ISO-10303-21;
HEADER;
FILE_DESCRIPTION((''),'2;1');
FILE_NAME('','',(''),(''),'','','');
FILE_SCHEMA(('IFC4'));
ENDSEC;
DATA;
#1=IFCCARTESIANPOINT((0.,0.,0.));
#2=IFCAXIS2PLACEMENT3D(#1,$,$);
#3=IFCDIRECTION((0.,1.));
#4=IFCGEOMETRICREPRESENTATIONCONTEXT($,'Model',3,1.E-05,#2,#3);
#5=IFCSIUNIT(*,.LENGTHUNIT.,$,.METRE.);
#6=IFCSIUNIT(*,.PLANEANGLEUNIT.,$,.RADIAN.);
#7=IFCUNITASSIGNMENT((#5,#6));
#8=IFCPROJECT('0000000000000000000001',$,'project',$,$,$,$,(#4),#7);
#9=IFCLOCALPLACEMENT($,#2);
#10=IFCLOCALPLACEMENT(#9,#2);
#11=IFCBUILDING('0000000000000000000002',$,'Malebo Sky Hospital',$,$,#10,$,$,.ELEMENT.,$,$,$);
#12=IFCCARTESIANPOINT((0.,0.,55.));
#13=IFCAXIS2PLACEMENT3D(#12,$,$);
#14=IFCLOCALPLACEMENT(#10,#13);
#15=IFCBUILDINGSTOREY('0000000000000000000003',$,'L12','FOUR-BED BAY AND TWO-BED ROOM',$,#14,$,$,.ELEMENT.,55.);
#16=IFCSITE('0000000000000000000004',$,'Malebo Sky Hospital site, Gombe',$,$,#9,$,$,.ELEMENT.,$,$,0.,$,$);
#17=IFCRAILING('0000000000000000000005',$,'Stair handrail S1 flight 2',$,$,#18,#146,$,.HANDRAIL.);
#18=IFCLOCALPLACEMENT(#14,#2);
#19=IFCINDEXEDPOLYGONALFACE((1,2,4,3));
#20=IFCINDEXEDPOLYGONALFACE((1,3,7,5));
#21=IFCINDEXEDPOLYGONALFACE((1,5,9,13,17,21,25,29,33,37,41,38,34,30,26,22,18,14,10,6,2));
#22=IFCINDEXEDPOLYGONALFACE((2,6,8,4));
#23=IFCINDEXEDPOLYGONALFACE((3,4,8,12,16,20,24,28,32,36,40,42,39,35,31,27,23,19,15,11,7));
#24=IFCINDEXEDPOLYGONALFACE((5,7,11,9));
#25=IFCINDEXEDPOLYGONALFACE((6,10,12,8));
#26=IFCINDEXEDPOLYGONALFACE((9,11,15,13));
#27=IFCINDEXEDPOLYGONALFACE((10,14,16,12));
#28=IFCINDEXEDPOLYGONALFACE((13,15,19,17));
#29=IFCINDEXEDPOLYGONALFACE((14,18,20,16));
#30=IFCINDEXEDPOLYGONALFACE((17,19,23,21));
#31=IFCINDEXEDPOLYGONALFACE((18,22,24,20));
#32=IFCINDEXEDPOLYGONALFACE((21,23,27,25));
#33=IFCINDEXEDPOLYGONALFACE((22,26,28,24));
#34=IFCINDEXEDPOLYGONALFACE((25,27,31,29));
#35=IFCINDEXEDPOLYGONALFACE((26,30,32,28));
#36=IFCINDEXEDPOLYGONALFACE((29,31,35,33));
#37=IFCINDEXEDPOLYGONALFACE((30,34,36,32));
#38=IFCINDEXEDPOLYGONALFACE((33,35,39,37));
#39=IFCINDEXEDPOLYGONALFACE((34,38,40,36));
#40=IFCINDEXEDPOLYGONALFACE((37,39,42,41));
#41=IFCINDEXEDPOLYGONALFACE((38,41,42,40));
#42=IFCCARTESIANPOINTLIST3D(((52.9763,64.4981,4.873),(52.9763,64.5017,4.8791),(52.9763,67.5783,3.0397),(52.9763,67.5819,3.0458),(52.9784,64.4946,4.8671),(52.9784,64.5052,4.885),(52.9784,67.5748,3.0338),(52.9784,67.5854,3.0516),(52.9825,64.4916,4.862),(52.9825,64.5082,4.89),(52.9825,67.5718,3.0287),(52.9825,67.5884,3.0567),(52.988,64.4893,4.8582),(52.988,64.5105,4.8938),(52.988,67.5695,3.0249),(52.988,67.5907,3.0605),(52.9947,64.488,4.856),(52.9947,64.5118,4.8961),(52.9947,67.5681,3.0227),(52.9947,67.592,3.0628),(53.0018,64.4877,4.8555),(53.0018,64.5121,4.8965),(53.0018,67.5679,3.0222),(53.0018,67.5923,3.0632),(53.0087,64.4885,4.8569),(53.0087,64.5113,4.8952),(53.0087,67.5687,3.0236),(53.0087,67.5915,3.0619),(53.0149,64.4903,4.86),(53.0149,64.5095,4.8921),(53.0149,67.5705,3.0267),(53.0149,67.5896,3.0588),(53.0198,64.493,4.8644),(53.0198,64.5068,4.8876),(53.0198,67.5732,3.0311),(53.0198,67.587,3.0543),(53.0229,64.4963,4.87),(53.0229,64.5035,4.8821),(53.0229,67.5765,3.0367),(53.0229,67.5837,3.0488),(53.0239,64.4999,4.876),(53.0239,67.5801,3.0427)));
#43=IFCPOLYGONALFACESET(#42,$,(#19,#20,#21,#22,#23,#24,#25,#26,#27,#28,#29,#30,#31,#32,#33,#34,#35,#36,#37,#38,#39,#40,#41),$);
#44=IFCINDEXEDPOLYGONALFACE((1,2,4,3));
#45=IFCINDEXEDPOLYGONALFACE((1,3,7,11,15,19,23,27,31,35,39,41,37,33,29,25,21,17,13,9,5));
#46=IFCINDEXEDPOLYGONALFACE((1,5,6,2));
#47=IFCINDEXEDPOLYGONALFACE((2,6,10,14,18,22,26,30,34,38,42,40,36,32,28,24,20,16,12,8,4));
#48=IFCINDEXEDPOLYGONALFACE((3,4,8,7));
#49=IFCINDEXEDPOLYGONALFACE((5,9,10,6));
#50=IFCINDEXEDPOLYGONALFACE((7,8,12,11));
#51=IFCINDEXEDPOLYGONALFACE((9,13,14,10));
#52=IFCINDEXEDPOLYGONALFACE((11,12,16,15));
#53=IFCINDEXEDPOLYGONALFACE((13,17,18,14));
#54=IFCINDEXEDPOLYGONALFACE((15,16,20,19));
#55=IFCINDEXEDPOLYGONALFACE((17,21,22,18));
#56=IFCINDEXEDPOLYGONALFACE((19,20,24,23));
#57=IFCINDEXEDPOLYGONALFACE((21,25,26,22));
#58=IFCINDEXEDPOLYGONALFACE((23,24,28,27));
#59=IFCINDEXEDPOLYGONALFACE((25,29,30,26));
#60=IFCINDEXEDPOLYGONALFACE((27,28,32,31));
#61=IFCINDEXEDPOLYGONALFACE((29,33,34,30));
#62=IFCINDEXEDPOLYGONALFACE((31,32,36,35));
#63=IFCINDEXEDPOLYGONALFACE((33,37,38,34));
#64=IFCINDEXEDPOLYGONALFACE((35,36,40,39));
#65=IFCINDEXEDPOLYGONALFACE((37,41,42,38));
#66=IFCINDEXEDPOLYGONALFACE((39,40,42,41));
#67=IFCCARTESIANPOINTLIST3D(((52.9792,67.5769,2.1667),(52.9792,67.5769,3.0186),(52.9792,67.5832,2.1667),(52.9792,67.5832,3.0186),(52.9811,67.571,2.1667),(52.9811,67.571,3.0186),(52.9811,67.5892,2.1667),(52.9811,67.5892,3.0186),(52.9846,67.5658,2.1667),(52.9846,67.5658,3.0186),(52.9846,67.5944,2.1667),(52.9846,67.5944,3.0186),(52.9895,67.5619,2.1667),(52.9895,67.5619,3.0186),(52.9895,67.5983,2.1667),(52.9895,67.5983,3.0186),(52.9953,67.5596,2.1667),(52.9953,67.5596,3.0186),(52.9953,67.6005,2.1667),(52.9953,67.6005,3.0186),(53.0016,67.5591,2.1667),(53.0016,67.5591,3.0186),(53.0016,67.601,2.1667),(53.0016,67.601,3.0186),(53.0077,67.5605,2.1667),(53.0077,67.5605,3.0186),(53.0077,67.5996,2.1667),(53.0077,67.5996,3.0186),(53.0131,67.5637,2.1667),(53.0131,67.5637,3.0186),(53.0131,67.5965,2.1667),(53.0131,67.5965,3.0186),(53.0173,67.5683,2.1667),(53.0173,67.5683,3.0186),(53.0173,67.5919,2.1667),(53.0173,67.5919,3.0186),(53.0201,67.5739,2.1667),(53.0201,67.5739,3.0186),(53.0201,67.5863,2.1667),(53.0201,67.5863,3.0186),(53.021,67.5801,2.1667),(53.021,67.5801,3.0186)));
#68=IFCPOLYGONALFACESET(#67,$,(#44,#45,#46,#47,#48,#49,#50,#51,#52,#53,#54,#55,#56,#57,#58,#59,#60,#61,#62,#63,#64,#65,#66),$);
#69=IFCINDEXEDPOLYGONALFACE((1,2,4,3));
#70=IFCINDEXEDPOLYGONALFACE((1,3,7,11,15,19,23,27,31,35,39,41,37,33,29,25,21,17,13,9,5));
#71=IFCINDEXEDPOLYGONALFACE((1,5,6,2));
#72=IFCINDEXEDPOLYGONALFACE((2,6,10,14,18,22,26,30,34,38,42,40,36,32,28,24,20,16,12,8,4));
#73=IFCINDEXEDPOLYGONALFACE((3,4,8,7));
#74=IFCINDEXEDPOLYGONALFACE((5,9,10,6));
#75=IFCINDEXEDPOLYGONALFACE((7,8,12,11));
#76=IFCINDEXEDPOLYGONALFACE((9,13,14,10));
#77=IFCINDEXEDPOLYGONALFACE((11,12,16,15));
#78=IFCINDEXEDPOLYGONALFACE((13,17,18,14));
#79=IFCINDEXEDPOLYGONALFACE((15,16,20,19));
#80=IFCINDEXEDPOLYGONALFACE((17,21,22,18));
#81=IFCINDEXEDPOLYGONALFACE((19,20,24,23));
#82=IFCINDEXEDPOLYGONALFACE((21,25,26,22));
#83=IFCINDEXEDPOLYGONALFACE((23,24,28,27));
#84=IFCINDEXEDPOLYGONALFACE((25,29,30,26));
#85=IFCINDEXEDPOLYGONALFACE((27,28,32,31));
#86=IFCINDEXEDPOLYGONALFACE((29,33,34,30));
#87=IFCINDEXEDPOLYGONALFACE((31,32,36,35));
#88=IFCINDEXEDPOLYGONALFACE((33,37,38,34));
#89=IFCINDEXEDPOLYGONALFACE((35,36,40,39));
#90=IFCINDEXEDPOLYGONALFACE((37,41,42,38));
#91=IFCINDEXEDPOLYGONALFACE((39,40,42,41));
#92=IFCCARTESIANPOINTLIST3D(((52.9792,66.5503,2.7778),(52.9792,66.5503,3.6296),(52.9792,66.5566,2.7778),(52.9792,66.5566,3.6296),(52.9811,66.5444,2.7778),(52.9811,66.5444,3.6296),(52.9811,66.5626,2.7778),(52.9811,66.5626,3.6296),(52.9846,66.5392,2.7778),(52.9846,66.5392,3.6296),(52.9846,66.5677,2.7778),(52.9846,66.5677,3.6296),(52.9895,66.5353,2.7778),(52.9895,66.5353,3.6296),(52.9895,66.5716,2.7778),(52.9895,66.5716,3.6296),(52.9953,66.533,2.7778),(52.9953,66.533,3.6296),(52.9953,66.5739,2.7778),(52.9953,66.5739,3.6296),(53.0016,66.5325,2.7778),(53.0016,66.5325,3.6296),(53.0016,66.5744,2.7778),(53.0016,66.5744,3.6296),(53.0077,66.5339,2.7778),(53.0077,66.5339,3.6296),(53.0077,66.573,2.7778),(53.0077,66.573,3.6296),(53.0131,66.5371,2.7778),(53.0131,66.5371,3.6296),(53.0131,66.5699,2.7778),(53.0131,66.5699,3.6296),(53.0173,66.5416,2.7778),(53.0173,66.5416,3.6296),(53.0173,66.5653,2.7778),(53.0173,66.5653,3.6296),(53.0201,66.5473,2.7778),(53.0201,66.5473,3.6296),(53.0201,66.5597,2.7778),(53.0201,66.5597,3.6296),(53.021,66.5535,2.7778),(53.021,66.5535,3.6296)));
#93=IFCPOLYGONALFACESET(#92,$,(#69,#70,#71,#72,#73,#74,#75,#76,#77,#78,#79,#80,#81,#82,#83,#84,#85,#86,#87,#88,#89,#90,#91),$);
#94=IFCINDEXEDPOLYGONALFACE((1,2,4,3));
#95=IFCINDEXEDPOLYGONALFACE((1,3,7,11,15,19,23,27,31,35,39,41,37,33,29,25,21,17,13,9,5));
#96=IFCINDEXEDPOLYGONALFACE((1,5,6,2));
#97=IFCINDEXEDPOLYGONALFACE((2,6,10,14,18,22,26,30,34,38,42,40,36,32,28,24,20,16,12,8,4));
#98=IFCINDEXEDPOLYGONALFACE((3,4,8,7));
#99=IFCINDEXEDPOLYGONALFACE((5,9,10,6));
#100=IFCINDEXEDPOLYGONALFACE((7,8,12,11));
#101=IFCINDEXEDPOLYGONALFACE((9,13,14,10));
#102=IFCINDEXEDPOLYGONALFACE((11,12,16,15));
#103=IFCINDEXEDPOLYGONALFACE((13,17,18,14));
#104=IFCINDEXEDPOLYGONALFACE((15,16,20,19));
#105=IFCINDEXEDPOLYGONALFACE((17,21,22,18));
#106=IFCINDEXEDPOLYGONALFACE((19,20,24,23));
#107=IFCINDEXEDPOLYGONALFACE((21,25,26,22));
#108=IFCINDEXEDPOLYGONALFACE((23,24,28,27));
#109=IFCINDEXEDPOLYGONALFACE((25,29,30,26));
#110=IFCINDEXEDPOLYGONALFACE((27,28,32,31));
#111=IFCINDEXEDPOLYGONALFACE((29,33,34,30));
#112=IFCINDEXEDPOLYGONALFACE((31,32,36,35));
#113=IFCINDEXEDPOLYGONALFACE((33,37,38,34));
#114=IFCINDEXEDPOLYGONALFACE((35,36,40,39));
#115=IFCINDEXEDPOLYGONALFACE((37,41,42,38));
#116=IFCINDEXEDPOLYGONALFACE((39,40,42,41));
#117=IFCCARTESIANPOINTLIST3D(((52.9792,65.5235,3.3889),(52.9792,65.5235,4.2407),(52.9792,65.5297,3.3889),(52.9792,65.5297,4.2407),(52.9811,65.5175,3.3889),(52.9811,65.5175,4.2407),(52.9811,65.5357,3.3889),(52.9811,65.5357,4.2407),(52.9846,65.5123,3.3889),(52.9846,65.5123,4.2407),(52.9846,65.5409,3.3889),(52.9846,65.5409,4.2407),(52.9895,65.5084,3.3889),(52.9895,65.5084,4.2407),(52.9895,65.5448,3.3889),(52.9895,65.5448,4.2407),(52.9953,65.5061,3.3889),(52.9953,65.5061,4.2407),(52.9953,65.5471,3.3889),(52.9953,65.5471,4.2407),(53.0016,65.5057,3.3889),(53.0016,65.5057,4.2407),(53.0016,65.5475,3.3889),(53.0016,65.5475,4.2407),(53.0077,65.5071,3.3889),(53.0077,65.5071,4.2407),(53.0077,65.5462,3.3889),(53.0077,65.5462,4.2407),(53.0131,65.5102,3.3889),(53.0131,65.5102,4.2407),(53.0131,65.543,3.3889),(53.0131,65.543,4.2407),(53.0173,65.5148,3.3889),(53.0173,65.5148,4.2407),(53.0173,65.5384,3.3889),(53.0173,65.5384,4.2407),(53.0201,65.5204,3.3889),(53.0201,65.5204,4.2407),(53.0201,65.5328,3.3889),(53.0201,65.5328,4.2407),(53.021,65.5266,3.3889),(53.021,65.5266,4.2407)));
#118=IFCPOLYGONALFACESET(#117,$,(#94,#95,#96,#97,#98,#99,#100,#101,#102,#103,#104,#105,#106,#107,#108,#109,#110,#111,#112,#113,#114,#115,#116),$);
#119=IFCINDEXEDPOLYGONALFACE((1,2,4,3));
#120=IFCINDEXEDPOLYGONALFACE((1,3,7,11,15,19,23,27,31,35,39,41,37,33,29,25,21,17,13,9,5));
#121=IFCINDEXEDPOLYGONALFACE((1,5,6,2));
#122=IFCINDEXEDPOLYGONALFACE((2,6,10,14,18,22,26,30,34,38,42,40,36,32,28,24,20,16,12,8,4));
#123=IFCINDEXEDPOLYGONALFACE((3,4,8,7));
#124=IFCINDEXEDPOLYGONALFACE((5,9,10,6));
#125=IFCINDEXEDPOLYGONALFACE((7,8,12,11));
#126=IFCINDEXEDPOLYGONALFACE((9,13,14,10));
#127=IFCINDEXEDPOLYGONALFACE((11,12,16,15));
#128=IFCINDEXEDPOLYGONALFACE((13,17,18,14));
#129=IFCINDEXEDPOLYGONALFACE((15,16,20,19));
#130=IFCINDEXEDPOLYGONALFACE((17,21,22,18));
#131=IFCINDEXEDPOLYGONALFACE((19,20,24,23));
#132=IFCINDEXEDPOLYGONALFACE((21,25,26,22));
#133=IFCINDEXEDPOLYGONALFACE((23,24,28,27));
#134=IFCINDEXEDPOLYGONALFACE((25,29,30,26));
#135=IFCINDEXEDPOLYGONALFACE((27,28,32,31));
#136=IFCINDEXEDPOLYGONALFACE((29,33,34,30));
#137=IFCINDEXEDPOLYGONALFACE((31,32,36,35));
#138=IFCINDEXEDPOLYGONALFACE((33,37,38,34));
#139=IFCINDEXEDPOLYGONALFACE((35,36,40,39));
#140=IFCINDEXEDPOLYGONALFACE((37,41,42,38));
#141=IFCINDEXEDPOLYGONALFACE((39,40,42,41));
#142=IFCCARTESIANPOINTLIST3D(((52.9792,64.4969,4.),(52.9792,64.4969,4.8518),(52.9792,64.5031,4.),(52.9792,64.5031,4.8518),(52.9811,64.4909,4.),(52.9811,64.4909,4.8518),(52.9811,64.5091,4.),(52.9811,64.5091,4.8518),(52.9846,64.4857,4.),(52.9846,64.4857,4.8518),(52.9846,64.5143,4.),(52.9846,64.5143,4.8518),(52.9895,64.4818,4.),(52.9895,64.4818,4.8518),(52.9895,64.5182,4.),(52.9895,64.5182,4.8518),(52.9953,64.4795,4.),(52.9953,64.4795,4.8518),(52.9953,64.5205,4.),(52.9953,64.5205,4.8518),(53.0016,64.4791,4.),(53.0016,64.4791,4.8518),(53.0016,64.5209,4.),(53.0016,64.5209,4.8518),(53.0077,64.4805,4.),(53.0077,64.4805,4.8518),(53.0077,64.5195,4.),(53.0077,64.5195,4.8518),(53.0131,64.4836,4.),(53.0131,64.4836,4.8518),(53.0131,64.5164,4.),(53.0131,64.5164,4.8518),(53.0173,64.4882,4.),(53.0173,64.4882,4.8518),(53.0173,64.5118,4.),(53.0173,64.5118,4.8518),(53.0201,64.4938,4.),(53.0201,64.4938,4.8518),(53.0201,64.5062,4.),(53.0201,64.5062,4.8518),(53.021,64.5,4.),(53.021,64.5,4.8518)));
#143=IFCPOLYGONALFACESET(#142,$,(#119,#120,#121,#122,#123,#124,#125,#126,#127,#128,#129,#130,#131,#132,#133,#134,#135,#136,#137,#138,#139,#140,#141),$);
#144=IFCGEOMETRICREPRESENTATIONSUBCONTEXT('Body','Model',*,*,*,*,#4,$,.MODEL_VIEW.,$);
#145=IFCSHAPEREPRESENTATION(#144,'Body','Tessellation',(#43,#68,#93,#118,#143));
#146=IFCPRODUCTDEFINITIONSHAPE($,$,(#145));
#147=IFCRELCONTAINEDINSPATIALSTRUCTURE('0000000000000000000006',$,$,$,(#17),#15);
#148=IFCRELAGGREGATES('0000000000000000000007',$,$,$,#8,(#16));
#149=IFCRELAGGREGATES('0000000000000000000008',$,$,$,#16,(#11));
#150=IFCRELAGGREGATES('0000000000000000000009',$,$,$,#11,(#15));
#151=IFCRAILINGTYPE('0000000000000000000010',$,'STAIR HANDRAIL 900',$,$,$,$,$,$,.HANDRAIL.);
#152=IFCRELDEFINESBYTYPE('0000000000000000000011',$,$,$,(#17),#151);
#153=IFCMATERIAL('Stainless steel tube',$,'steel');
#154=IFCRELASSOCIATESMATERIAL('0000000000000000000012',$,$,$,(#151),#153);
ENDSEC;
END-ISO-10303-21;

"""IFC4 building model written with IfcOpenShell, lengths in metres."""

from ifc_helpers import new_model, si_unit, direction, frame, origin, origin_2d, place, context, subcontext, project, spatial, circle, extrude, material, type_object, element, save


model = new_model("IFC4")

# Units and contexts
model_context = context("Model", 3, precision=1e-05, world=origin(), true_north=direction((0.0, 1.0)))
body_context = subcontext(model_context, "Body", "Model", "MODEL_VIEW")
ifc_project = project(units=[si_unit("LENGTHUNIT", "METRE"), si_unit("PLANEANGLEUNIT", "RADIAN")], contexts=[model_context])

# Site, building, storey
site_placement = place(None, origin())
site = spatial("IfcSite", under=ifc_project, at=site_placement, Name="Malebo Sky Hospital site, Gombe", CompositionType="ELEMENT", RefElevation=0.0)
building_placement = place(site_placement, origin())
building = spatial("IfcBuilding", under=site, at=building_placement, Name="Malebo Sky Hospital", CompositionType="ELEMENT")
storey_placement = place(building_placement, frame((0.0, 0.0, 55.0)))
storey = spatial("IfcBuildingStorey", under=building, at=storey_placement, Name="L12", Description="FOUR-BED BAY AND TWO-BED ROOM", CompositionType="ELEMENT", Elevation=55.0)

# Railing
ifc_material_1 = material(Name="Stainless steel tube", Category="steel")
railing_type = type_object("IfcRailingType", Name="STAIR HANDRAIL 900", PredefinedType="HANDRAIL", material=ifc_material_1)
railing_1_placement = place(storey_placement, frame((53.0, 67.5801, 2.1667)))
element("IfcRailing", 1, at=railing_1_placement, inside=storey, type_object=railing_type, Name="Stair handrail S1 flight 2", PredefinedType="HANDRAIL", context=body_context, shape_type="SweptSolid", body=[
    extrude(circle(Radius=0.0239, at=origin_2d()), frame((0.0, 0.0, 0.876), z_axis=(0.0, -0.859309, 0.511458), x_axis=(1.0, 0.0, 0.0)), (0.0, 0.0, 1.0), 3.5845),
    extrude(circle(Radius=0.021, at=origin_2d()), origin(), (0.0, 0.0, 1.0), 0.8518),
    extrude(circle(Radius=0.021, at=origin_2d()), frame((0.0, -1.0266, 0.6111)), (0.0, 0.0, 1.0), 0.8518),
    extrude(circle(Radius=0.021, at=origin_2d()), frame((0.0, -2.0535, 1.2222)), (0.0, 0.0, 1.0), 0.8518),
    extrude(circle(Radius=0.021, at=origin_2d()), frame((0.0, -3.0801, 1.8333)), (0.0, 0.0, 1.0), 0.8518),
])

save(model, "model.ifc")
